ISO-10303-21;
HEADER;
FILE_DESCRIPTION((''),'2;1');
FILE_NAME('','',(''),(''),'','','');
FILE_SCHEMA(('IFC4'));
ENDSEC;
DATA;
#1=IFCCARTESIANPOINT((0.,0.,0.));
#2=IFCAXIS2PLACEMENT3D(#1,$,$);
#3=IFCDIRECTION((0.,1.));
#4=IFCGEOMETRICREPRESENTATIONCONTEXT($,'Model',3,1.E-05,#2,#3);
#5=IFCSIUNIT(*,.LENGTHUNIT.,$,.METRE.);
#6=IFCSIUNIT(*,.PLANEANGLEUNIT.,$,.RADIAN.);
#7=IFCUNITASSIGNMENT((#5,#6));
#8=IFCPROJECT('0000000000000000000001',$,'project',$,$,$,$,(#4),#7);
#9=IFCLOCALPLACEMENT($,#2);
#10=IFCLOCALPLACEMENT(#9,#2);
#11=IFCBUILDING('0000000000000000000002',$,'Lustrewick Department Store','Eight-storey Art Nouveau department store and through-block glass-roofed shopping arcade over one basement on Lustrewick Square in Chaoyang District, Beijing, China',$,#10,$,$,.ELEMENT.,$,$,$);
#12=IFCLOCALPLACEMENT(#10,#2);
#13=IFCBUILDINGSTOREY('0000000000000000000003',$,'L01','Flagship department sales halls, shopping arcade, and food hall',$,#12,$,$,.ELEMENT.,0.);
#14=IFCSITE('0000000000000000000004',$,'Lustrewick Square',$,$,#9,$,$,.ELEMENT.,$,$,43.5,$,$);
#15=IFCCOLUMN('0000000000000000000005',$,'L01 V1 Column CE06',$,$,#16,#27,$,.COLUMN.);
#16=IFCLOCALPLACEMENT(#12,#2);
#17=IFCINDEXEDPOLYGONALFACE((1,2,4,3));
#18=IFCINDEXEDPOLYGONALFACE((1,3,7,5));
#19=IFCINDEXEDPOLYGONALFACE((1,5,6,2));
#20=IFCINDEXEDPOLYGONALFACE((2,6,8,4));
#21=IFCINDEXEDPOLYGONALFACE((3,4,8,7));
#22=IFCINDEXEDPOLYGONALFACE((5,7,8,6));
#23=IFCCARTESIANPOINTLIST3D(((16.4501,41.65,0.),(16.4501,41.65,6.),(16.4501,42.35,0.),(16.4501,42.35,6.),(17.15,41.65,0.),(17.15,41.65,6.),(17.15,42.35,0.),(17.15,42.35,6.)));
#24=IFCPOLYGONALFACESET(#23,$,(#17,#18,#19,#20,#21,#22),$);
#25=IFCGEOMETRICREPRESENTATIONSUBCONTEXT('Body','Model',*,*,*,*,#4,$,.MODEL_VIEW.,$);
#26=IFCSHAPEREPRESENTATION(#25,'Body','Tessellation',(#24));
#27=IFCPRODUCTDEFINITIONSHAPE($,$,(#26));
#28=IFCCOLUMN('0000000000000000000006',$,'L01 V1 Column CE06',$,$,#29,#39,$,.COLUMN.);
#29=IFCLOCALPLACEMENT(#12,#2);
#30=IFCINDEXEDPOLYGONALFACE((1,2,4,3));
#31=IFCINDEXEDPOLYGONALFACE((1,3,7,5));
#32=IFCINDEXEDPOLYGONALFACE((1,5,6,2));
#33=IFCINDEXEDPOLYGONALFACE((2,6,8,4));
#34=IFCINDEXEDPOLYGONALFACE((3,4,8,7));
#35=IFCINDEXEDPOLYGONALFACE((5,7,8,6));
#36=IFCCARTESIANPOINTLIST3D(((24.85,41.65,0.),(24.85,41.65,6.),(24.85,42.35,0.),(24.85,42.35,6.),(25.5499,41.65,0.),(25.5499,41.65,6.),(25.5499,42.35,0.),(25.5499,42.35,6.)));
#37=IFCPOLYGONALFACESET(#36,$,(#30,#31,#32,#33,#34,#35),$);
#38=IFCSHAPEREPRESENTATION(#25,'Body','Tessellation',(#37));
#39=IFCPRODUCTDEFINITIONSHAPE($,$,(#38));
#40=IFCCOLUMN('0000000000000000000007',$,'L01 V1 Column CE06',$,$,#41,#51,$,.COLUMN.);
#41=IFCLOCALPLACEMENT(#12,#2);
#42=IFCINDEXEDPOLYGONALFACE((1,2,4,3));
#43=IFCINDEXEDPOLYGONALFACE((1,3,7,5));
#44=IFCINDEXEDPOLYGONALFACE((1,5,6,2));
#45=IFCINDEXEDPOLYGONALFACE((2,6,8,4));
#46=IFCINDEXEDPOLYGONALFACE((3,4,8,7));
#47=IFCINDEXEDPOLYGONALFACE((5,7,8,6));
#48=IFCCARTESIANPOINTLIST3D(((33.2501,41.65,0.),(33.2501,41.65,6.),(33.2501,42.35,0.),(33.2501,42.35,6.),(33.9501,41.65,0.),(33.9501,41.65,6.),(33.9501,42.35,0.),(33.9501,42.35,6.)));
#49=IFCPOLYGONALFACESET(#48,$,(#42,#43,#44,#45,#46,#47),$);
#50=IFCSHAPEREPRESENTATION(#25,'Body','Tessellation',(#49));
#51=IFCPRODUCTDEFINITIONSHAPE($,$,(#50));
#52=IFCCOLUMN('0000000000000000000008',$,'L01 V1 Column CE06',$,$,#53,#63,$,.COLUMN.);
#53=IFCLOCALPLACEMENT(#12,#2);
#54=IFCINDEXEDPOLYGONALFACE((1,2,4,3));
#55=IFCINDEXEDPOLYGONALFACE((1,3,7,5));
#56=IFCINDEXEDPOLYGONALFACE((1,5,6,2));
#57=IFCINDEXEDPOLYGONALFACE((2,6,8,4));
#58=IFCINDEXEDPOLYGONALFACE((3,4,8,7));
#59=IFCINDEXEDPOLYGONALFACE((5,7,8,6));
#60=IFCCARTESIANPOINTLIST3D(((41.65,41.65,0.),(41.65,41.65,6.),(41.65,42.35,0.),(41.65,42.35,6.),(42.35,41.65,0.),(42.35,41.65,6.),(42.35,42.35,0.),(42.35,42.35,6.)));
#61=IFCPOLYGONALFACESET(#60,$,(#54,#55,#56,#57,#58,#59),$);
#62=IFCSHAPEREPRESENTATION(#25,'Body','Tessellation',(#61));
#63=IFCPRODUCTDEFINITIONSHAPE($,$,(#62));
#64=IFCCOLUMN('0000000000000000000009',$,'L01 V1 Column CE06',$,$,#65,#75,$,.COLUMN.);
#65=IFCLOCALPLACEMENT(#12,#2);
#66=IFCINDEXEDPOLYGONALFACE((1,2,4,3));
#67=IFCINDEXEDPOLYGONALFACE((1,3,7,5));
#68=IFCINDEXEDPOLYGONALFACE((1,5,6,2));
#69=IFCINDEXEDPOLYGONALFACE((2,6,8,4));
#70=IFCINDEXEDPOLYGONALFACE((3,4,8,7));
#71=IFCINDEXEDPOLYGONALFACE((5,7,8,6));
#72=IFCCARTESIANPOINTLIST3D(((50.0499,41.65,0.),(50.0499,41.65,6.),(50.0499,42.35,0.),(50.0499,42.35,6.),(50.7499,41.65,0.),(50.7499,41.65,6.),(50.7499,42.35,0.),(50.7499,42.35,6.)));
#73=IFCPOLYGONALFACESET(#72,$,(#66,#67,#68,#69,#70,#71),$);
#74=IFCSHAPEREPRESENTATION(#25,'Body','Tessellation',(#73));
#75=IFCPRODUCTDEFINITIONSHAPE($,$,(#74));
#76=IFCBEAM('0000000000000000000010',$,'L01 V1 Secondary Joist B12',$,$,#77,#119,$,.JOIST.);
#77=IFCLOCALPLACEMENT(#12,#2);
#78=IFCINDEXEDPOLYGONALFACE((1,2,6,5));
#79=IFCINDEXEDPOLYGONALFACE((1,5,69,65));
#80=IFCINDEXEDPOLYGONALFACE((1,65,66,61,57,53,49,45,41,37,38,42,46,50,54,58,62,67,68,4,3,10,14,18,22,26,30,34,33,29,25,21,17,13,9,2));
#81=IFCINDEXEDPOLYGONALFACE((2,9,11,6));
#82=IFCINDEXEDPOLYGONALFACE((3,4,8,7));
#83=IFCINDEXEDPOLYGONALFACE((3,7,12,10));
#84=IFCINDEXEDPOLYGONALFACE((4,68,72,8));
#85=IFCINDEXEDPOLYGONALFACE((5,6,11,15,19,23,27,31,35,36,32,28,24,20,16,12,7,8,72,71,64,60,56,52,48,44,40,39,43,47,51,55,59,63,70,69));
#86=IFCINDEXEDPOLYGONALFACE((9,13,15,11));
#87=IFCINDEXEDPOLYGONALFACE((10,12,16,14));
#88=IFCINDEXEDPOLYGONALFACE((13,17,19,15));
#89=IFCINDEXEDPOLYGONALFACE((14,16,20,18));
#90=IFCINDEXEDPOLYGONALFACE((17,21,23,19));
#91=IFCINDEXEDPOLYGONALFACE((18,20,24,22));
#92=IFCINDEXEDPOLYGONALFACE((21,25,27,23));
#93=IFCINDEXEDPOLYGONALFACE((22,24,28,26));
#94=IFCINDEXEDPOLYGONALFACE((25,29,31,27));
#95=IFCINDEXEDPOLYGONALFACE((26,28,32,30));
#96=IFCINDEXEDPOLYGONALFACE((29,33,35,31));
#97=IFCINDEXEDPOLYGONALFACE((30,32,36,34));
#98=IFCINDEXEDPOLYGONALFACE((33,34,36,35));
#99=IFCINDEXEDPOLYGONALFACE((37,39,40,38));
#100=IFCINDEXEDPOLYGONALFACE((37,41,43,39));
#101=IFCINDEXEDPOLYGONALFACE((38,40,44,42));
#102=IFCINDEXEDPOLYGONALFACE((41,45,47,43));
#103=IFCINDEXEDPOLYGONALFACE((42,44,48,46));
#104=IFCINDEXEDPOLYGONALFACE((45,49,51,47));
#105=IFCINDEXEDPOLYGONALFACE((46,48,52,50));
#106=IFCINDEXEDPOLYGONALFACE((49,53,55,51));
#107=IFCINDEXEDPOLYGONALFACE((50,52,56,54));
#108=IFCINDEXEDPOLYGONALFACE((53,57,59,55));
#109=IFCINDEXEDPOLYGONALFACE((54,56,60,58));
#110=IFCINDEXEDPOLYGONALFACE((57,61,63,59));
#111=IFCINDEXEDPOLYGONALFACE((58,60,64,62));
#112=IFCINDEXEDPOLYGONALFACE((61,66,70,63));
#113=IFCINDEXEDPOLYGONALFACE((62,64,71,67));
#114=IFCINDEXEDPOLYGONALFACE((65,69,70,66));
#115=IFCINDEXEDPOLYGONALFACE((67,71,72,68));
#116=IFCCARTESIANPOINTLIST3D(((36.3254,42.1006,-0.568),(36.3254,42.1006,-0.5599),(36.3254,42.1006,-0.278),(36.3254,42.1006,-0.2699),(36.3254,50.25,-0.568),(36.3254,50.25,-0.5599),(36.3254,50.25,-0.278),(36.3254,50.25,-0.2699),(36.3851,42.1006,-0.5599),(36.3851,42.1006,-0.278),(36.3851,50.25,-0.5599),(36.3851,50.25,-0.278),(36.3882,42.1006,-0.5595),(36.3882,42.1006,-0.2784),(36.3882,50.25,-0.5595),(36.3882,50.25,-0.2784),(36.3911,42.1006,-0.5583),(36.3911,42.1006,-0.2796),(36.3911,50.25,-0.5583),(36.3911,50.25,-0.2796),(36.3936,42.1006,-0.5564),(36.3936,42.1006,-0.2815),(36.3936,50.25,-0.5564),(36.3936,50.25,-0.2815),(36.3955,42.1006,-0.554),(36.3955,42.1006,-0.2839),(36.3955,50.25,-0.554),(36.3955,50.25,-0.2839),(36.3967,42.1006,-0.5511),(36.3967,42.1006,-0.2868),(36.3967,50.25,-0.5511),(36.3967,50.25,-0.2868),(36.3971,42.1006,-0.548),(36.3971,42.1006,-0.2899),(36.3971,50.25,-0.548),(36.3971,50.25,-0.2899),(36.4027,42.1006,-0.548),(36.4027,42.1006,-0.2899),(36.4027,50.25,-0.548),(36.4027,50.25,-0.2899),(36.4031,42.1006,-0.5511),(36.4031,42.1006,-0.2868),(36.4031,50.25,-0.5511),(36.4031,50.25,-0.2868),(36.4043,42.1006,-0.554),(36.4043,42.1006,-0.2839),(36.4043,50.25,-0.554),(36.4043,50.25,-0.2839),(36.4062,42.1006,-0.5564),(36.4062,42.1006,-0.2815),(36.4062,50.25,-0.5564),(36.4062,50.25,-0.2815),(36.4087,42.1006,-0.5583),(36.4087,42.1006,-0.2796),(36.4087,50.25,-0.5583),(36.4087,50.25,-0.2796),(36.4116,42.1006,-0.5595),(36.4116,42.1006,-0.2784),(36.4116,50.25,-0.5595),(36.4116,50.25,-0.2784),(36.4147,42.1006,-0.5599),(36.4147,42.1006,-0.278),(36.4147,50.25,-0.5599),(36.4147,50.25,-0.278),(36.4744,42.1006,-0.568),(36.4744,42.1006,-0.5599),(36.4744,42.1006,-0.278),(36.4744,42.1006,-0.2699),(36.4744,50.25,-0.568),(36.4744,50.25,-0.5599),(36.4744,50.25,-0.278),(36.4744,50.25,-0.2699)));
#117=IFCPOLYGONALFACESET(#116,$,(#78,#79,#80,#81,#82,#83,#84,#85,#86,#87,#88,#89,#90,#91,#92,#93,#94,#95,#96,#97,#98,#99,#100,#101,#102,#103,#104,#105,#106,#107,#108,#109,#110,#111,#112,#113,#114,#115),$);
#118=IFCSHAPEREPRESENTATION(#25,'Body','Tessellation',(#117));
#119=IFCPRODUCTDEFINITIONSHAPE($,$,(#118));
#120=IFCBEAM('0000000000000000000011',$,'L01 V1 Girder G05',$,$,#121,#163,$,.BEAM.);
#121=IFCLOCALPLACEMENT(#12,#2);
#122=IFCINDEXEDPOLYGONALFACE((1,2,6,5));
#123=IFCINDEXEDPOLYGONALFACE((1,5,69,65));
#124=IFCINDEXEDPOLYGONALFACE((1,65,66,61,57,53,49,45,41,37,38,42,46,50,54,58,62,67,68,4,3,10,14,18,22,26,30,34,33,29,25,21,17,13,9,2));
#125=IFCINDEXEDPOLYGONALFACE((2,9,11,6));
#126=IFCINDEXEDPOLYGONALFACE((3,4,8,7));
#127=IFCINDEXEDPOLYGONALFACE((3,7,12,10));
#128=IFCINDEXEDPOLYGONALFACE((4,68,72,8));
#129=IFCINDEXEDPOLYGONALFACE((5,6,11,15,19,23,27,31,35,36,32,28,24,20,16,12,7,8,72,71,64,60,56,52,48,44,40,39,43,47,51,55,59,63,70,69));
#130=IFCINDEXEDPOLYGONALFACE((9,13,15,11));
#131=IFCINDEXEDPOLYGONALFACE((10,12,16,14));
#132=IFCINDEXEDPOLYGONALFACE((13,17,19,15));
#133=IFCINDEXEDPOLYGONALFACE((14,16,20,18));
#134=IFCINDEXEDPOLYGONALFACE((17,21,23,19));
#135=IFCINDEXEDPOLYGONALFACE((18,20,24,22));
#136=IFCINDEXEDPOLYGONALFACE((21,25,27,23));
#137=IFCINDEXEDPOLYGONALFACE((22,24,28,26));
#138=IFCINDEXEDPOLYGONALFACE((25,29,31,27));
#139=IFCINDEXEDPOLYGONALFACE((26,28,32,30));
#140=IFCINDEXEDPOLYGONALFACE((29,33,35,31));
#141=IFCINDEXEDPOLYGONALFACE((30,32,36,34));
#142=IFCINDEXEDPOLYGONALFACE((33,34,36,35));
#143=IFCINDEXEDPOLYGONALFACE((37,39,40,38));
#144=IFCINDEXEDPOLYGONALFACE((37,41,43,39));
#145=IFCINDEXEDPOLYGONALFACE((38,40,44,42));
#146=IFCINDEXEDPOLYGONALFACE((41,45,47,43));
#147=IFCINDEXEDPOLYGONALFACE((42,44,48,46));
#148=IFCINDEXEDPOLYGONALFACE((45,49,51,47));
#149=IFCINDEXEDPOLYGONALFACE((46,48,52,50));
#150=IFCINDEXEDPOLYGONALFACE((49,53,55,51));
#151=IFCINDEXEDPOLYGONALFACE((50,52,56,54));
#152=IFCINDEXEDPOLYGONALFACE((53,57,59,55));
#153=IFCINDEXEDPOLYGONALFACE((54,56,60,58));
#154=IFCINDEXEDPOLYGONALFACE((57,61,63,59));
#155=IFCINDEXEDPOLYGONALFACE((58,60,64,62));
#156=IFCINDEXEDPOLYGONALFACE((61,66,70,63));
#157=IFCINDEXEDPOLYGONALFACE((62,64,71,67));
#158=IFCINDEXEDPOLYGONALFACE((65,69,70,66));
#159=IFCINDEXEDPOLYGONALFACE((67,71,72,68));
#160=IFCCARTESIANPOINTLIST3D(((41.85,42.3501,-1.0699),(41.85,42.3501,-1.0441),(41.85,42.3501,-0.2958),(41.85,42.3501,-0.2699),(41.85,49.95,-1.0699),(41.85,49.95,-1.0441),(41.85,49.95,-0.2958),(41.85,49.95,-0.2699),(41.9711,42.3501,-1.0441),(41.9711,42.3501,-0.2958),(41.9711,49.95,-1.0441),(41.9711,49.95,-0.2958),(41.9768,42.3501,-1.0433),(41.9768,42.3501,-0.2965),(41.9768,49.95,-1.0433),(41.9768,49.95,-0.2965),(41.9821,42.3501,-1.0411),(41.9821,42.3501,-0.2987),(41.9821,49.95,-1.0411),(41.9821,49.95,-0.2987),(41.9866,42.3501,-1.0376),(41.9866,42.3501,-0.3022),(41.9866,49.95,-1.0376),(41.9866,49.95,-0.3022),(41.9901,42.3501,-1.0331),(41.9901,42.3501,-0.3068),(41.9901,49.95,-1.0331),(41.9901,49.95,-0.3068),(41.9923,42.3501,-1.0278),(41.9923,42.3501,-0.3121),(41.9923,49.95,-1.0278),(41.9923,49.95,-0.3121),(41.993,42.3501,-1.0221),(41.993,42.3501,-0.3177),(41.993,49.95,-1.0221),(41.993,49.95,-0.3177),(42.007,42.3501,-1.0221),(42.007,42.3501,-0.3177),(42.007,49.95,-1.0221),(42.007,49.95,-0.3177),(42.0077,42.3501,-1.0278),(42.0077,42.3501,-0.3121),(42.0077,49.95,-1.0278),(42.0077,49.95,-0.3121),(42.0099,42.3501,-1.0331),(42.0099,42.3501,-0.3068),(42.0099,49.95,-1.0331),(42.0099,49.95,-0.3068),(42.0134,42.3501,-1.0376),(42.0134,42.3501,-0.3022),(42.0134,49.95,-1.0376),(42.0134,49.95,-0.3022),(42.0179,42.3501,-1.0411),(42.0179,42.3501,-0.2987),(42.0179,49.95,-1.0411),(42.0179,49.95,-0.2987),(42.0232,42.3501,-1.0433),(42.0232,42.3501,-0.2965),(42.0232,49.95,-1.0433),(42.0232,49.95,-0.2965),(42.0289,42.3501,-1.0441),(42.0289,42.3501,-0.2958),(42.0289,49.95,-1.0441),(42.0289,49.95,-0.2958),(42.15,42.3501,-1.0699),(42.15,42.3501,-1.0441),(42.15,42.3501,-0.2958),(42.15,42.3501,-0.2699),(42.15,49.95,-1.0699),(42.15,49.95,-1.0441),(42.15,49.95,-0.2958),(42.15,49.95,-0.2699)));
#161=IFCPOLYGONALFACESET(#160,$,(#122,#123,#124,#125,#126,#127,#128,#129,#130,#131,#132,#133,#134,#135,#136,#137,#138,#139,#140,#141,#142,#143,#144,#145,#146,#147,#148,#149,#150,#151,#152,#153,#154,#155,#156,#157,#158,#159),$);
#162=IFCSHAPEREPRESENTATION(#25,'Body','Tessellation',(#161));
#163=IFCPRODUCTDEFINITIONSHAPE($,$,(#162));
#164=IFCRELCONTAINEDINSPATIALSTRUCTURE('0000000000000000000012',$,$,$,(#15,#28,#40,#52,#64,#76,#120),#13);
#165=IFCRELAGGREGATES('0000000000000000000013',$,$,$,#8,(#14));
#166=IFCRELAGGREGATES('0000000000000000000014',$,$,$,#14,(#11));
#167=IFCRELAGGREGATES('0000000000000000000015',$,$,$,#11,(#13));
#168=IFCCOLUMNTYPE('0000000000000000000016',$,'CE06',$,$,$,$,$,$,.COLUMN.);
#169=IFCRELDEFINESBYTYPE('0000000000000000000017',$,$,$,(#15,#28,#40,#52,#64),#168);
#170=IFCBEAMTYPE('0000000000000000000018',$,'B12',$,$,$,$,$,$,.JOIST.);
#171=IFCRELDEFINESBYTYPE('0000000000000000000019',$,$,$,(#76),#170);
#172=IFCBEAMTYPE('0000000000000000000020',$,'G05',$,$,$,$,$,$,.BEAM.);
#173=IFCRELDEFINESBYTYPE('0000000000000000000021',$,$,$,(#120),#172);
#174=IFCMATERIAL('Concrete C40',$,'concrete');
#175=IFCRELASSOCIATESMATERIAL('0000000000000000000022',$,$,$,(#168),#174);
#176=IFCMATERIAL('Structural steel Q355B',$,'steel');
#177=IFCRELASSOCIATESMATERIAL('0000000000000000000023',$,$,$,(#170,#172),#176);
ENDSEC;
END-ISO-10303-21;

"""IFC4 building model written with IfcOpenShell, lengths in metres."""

from ifc_helpers import new_model, si_unit, direction, frame, origin, origin_2d, place, context, subcontext, project, spatial, rectangle, i_section, extrude, material, material_profile, profile_set, type_object, element, save


model = new_model("IFC4")

# Units and contexts
model_context = context("Model", 3, precision=1e-05, world=origin(), true_north=direction((0.0, 1.0)))
body_context = subcontext(model_context, "Body", "Model", "MODEL_VIEW")
ifc_project = project(units=[si_unit("LENGTHUNIT", "METRE"), si_unit("PLANEANGLEUNIT", "RADIAN")], contexts=[model_context])

# Site, building, storey
site_placement = place(None, origin())
site = spatial("IfcSite", under=ifc_project, at=site_placement, Name="Lustrewick Square", CompositionType="ELEMENT", RefElevation=43.5)
building_placement = place(site_placement, origin())
building = spatial("IfcBuilding", under=site, at=building_placement, Name="Lustrewick Department Store", Description="Eight-storey Art Nouveau department store and through-block glass-roofed shopping arcade over one basement on Lustrewick Square in Chaoyang District, Beijing, China", CompositionType="ELEMENT")
storey_placement = place(building_placement, origin())
storey = spatial("IfcBuildingStorey", under=building, at=storey_placement, Name="L01", Description="Flagship department sales halls, shopping arcade, and food hall", CompositionType="ELEMENT", Elevation=0.0)

# Columns
ifc_material_1 = material(Name="Concrete C40", Category="concrete")
ifc_material_profile_1 = material_profile(ifc_material_1, rectangle(XDim=0.7, YDim=0.7, at=origin_2d()), Name="RC 700x700")
ifc_profile_set_1 = profile_set([ifc_material_profile_1], Name="Concrete C40")
column_type = type_object("IfcColumnType", Name="CE06", PredefinedType="COLUMN", material=ifc_profile_set_1)
for number, where, z_axis, x_axis, name in (
    (1, (16.8, 42.0, 0.0), (0.0, 0.0, 1.0), (1.0, 0.0, 0.0), "L01 V1 Column CE06"),
    (2, (25.2, 42.0, 0.0), (0.0, 0.0, 1.0), (1.0, 0.0, 0.0), "L01 V1 Column CE06"),
    (3, (33.6001, 42.0, 0.0), (0.0, 0.0, 1.0), (1.0, 0.0, 0.0), "L01 V1 Column CE06"),
    (4, (42.0, 42.0, 0.0), (0.0, 0.0, 1.0), (1.0, 0.0, 0.0), "L01 V1 Column CE06"),
    (5, (50.3999, 42.0, 0.0), (0.0, 0.0, 1.0), (1.0, 0.0, 0.0), "L01 V1 Column CE06"),
):
    element("IfcColumn", number, at=place(storey_placement, frame(where, z_axis=z_axis, x_axis=x_axis)), inside=storey, type_object=column_type, Name=name, PredefinedType="COLUMN", context=body_context, shape_type="SweptSolid", body=[
        extrude(rectangle(XDim=0.7, YDim=0.7, at=origin_2d()), origin(), (0.0, 0.0, 1.0), 6.0),
    ])

# Beams
ifc_material_2 = material(Name="Structural steel Q355B", Category="steel")
ifc_material_profile_2 = material_profile(ifc_material_2, i_section(OverallWidth=0.1489, OverallDepth=0.2981, WebThickness=0.0056, FlangeThickness=0.0081, FilletRadius=0.012, at=origin_2d()), Name="HN 298x149x5.5x8")
ifc_profile_set_2 = profile_set([ifc_material_profile_2], Name="Structural steel Q355B")
beam_type_1 = type_object("IfcBeamType", Name="B12", PredefinedType="JOIST", material=ifc_profile_set_2)
beam_1_placement = place(storey_placement, frame((36.3999, 42.1006, -0.4189), z_axis=(0.0, 1.0, 0.0), x_axis=(-1.0, 0.0, 0.0)))
element("IfcBeam", 6, at=beam_1_placement, inside=storey, type_object=beam_type_1, Name="L01 V1 Secondary Joist B12", PredefinedType="JOIST", context=body_context, shape_type="SweptSolid", body=[
    extrude(i_section(OverallWidth=0.1489, OverallDepth=0.2981, WebThickness=0.0056, FlangeThickness=0.0081, FilletRadius=0.012, at=origin_2d()), origin(), (0.0, 0.0, 1.0), 8.1494),
])
ifc_material_profile_3 = material_profile(ifc_material_2, i_section(OverallWidth=0.3, OverallDepth=0.8, WebThickness=0.0139, FlangeThickness=0.0259, FilletRadius=0.022, at=origin_2d()), Name="HN 800x300x14x26")
ifc_profile_set_3 = profile_set([ifc_material_profile_3], Name="Structural steel Q355B")
beam_type_2 = type_object("IfcBeamType", Name="G05", PredefinedType="BEAM", material=ifc_profile_set_3)
beam_2_placement = place(storey_placement, frame((42.0, 42.3501, -0.6699), z_axis=(0.0, 1.0, 0.0), x_axis=(-1.0, 0.0, 0.0)))
element("IfcBeam", 7, at=beam_2_placement, inside=storey, type_object=beam_type_2, Name="L01 V1 Girder G05", PredefinedType="BEAM", context=body_context, shape_type="SweptSolid", body=[
    extrude(i_section(OverallWidth=0.3, OverallDepth=0.8, WebThickness=0.0139, FlangeThickness=0.0259, FilletRadius=0.022, at=origin_2d()), origin(), (0.0, 0.0, 1.0), 7.5999),
])

save(model, "model.ifc")
